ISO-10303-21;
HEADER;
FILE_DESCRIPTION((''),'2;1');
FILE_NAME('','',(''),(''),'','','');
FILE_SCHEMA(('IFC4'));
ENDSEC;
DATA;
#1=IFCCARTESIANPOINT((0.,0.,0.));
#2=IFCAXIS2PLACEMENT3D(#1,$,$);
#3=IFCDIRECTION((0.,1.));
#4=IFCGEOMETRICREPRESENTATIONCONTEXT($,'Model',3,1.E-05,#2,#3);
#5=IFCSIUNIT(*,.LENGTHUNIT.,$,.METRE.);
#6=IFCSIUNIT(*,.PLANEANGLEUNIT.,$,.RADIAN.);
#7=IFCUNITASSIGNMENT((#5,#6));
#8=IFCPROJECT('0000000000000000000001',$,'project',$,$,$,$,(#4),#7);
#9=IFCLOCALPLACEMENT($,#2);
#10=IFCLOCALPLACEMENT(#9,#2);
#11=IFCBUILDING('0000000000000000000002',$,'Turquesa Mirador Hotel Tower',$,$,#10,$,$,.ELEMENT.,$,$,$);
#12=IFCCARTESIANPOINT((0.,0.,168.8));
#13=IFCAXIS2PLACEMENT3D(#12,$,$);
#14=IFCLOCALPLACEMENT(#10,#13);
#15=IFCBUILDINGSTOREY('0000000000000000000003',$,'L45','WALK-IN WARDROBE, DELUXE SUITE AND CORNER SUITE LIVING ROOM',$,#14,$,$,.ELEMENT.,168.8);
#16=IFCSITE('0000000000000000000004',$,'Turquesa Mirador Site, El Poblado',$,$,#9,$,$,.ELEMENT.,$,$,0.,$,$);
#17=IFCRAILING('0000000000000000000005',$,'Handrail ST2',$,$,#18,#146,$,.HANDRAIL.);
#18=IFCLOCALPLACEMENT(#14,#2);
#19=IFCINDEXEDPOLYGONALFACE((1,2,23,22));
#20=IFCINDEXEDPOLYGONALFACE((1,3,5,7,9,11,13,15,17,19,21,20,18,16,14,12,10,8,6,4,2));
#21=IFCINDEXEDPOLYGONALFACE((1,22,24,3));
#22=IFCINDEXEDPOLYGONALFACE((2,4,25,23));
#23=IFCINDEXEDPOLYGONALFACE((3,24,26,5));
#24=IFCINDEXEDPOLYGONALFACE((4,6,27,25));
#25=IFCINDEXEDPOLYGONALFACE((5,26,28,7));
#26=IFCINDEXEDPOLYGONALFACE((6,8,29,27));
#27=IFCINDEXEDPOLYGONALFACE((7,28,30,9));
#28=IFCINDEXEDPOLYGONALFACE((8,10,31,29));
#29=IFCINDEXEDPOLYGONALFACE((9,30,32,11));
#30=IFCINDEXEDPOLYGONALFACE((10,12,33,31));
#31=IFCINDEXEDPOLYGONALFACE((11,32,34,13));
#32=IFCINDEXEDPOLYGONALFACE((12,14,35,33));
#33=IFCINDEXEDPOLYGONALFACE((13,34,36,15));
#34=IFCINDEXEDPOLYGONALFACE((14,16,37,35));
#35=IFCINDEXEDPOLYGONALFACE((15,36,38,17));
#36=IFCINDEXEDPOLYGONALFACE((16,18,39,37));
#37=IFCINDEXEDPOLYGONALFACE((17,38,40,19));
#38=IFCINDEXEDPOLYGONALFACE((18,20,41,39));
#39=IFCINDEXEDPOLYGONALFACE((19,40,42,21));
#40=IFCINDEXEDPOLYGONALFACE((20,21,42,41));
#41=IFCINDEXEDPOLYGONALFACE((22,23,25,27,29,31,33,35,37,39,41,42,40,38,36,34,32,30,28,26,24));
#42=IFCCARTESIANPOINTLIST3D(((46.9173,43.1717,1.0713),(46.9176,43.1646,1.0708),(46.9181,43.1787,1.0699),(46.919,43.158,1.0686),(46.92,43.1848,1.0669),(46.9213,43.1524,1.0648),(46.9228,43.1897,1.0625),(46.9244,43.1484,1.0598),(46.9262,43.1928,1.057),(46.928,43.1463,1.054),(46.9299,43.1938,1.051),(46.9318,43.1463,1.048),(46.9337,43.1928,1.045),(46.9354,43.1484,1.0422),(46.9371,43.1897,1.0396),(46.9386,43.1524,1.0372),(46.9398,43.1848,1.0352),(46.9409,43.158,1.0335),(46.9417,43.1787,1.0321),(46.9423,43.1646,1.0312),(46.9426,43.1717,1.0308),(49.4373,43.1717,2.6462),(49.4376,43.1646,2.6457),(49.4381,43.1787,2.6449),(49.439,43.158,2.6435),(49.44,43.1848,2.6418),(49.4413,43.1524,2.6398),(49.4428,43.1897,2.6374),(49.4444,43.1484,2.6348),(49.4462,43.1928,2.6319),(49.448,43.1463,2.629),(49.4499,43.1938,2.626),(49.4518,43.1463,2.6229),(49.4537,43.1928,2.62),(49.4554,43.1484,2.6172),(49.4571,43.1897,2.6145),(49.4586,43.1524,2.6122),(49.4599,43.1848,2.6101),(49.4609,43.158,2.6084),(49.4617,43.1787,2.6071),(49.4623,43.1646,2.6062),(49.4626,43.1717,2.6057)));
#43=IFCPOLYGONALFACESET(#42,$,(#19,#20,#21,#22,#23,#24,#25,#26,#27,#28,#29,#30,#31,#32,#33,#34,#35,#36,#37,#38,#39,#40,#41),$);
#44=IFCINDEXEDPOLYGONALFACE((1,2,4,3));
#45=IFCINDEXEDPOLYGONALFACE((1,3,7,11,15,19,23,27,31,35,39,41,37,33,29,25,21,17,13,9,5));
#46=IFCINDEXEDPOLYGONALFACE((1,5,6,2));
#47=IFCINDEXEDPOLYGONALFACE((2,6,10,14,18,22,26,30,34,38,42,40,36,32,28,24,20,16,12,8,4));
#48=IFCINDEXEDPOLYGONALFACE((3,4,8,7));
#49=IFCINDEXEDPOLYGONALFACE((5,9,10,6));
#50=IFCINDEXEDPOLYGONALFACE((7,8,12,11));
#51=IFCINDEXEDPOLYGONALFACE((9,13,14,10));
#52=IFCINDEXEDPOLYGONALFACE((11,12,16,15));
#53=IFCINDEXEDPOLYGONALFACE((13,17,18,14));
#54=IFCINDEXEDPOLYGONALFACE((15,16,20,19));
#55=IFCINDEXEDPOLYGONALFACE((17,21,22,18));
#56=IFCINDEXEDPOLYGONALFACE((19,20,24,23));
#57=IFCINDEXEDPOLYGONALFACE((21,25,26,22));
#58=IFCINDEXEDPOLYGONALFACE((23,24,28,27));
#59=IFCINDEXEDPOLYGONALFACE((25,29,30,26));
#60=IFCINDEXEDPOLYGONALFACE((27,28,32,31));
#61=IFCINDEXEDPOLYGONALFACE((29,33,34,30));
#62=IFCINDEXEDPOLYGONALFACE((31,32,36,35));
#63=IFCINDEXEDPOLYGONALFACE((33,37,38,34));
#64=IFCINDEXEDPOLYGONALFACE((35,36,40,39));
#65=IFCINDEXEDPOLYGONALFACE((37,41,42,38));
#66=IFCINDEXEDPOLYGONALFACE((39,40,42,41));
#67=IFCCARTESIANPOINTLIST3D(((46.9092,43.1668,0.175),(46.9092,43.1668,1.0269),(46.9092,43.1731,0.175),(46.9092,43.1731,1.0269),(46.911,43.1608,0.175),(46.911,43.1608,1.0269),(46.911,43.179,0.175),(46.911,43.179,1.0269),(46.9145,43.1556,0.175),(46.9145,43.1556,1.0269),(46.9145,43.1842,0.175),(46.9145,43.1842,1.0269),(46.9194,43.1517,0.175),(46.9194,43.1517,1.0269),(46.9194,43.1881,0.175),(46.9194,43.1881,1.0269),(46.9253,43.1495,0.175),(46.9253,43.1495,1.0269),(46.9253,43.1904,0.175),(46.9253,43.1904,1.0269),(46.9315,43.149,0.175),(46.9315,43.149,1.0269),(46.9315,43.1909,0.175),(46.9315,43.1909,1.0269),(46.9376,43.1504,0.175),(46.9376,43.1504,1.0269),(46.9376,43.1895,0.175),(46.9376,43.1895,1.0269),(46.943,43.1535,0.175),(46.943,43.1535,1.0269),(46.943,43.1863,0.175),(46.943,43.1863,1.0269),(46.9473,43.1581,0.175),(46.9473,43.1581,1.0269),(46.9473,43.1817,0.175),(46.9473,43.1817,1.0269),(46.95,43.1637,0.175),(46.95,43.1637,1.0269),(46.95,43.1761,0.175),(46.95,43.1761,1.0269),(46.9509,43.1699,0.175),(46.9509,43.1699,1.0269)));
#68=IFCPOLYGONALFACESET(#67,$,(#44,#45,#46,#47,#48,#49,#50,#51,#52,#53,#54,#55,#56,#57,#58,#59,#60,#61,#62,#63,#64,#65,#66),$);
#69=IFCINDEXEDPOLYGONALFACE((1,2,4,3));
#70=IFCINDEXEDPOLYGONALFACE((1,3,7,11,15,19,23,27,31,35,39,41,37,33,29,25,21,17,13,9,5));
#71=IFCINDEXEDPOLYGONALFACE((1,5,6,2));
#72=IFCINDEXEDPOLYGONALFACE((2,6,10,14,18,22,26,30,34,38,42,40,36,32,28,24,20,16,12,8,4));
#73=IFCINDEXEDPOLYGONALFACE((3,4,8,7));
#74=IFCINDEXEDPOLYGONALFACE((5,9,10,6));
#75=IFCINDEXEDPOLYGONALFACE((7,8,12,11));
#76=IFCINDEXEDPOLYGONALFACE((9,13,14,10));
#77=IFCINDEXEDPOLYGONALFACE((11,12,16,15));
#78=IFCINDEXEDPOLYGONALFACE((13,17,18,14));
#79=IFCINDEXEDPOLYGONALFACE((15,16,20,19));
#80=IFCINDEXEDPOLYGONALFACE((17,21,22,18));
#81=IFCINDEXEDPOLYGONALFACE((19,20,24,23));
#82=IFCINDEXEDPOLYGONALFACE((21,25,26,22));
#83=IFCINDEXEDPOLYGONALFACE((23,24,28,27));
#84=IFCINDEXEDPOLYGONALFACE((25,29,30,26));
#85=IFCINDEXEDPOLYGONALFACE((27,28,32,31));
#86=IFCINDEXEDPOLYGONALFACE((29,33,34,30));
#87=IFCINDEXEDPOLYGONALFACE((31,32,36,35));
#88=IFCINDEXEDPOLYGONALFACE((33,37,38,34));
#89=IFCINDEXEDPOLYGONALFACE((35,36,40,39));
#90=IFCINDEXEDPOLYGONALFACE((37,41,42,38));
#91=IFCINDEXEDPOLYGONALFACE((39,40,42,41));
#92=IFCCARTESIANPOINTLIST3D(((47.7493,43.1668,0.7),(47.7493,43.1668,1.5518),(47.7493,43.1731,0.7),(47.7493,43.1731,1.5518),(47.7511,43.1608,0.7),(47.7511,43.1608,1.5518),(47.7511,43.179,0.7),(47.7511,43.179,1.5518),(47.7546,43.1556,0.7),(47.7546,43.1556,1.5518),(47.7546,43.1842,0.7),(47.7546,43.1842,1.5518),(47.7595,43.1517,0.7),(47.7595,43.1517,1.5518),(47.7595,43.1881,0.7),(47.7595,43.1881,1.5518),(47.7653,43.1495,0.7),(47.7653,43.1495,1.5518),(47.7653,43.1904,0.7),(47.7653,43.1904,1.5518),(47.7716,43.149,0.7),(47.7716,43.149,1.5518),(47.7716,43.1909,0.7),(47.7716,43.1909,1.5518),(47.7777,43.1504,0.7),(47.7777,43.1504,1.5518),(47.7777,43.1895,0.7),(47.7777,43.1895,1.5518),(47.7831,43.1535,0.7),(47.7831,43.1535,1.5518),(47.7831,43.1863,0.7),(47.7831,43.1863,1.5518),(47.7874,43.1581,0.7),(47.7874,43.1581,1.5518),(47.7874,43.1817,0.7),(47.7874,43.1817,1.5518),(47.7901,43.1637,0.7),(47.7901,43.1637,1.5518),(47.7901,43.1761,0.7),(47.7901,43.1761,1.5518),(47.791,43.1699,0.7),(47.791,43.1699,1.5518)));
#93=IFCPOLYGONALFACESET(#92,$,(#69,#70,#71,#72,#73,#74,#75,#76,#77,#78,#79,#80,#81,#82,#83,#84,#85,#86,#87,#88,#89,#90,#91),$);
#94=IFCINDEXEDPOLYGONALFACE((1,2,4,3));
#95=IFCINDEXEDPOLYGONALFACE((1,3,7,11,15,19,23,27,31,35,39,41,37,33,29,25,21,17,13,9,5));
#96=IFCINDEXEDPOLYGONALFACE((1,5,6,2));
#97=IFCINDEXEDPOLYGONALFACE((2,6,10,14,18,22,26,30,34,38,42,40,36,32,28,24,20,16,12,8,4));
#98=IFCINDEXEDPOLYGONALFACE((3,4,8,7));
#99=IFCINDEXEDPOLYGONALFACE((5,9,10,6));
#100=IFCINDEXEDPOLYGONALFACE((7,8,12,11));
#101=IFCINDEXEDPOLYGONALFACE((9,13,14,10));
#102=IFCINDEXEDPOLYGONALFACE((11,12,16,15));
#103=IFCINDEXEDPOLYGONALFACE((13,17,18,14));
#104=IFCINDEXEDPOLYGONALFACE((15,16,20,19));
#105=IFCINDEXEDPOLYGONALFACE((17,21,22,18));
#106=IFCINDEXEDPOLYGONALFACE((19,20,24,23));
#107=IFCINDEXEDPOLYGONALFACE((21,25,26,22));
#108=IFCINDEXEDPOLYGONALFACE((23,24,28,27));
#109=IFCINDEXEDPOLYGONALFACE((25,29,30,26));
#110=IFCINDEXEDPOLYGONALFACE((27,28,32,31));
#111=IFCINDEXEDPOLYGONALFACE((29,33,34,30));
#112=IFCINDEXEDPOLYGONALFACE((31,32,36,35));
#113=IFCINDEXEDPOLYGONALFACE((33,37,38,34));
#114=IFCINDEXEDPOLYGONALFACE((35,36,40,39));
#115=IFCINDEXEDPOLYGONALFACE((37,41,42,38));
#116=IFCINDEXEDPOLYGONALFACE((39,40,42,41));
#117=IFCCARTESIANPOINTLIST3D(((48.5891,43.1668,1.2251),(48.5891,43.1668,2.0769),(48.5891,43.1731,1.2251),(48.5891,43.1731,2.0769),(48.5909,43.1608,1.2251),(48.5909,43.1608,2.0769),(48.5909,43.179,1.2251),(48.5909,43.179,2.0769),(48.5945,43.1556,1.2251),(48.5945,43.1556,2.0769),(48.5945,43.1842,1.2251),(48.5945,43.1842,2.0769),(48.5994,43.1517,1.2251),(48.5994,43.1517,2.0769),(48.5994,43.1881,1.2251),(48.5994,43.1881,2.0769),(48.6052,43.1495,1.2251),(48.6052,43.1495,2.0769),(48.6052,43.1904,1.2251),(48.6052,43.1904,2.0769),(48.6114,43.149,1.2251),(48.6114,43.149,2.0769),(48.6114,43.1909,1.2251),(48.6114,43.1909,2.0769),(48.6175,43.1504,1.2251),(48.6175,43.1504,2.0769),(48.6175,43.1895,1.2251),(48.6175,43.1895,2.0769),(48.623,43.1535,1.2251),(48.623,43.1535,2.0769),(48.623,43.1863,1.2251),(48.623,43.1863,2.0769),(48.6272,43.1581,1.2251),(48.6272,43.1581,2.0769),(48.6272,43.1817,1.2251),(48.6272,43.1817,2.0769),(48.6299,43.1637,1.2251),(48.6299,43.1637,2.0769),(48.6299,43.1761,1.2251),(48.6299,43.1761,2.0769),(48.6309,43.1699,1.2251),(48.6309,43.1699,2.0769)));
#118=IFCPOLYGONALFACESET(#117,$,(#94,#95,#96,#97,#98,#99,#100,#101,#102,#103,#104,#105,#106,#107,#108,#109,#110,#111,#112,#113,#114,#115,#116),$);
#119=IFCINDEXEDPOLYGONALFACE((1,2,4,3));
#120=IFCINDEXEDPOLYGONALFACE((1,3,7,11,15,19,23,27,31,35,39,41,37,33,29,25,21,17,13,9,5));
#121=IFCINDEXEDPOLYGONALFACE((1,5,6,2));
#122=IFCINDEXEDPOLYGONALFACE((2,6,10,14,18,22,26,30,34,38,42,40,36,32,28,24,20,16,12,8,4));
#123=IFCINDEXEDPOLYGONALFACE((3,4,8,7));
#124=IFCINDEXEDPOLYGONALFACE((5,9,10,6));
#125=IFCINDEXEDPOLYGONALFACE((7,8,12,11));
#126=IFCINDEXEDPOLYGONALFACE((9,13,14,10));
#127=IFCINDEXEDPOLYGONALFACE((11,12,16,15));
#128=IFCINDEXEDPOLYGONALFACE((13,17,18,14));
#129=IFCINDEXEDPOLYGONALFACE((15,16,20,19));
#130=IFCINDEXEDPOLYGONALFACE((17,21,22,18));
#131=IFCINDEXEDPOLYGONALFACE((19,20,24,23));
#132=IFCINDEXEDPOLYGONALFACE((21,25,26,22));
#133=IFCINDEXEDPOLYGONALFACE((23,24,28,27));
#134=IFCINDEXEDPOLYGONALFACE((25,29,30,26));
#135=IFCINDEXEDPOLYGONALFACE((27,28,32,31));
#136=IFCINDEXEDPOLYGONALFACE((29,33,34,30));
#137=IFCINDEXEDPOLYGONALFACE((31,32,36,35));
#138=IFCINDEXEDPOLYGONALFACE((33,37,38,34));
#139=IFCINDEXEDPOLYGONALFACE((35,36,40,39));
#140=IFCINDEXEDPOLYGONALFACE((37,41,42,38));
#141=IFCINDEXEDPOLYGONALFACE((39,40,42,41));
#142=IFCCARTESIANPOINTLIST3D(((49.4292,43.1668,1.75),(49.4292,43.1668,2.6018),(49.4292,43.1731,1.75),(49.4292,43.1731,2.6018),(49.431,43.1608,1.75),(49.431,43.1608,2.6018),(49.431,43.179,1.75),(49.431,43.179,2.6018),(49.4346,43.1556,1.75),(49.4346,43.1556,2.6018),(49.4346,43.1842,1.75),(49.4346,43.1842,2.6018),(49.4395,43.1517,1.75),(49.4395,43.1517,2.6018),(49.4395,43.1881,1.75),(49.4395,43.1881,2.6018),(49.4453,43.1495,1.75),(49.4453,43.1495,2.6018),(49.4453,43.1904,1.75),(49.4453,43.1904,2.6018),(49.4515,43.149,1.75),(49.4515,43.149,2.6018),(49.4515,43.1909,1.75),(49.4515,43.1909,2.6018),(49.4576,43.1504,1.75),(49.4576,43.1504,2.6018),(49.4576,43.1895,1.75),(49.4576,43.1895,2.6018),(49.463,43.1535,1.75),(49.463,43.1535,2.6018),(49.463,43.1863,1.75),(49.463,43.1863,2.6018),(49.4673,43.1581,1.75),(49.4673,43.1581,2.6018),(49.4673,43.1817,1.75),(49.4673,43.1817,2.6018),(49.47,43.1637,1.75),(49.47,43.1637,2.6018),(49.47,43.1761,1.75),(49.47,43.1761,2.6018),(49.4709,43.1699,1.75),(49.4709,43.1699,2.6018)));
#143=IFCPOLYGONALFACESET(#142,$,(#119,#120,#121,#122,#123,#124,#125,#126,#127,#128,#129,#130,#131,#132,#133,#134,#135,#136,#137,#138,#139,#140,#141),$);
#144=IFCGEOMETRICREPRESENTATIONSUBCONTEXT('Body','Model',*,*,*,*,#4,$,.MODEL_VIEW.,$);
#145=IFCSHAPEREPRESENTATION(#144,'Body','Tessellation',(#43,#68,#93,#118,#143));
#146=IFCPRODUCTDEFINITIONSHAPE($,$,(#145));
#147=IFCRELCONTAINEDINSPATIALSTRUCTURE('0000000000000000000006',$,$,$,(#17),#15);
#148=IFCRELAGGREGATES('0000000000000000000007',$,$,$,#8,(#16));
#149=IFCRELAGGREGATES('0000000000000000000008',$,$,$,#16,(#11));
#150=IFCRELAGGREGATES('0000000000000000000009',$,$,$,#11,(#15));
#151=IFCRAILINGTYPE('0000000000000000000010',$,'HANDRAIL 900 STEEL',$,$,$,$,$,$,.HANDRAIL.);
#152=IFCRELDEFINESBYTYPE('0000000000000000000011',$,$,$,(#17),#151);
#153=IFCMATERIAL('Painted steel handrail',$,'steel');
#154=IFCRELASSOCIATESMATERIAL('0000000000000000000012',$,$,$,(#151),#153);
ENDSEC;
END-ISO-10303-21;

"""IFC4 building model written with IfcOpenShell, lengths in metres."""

from ifc_helpers import new_model, si_unit, direction, frame, origin, origin_2d, place, context, subcontext, project, spatial, circle, extrude, material, type_object, element, save


model = new_model("IFC4")

# Units and contexts
model_context = context("Model", 3, precision=1e-05, world=origin(), true_north=direction((0.0, 1.0)))
body_context = subcontext(model_context, "Body", "Model", "MODEL_VIEW")
ifc_project = project(units=[si_unit("LENGTHUNIT", "METRE"), si_unit("PLANEANGLEUNIT", "RADIAN")], contexts=[model_context])

# Site, building, storey
site_placement = place(None, origin())
site = spatial("IfcSite", under=ifc_project, at=site_placement, Name="Turquesa Mirador Site, El Poblado", CompositionType="ELEMENT", RefElevation=0.0)
building_placement = place(site_placement, origin())
building = spatial("IfcBuilding", under=site, at=building_placement, Name="Turquesa Mirador Hotel Tower", CompositionType="ELEMENT")
storey_placement = place(building_placement, frame((0.0, 0.0, 168.8)))
storey = spatial("IfcBuildingStorey", under=building, at=storey_placement, Name="L45", Description="WALK-IN WARDROBE, DELUXE SUITE AND CORNER SUITE LIVING ROOM", CompositionType="ELEMENT", Elevation=168.8)

# Railing
ifc_material_1 = material(Name="Painted steel handrail", Category="steel")
railing_type = type_object("IfcRailingType", Name="HANDRAIL 900 STEEL", PredefinedType="HANDRAIL", material=ifc_material_1)
for number, where, name in (
    (1, (46.9299, 43.1699, 0.175), "Handrail ST2"),
):
    element("IfcRailing", number, at=place(storey_placement, frame(where)), inside=storey, type_object=railing_type, Name=name, PredefinedType="HANDRAIL", context=body_context, shape_type="SweptSolid", body=[
        extrude(circle(Radius=0.0239, at=origin_2d()), frame((0.0, 0.0, 0.876), z_axis=(0.848008, 0.0, 0.529984), x_axis=(0.0, 1.0, 0.0)), (0.0, 0.0, 1.0), 2.9717),
        extrude(circle(Radius=0.021, at=origin_2d()), origin(), (0.0, 0.0, 1.0), 0.8518),
        extrude(circle(Radius=0.021, at=origin_2d()), frame((0.8401, 0.0, 0.5249)), (0.0, 0.0, 1.0), 0.8518),
        extrude(circle(Radius=0.021, at=origin_2d()), frame((1.6799, 0.0, 1.05)), (0.0, 0.0, 1.0), 0.8518),
        extrude(circle(Radius=0.021, at=origin_2d()), frame((2.52, 0.0, 1.575)), (0.0, 0.0, 1.0), 0.8518),
    ])

save(model, "model.ifc")
